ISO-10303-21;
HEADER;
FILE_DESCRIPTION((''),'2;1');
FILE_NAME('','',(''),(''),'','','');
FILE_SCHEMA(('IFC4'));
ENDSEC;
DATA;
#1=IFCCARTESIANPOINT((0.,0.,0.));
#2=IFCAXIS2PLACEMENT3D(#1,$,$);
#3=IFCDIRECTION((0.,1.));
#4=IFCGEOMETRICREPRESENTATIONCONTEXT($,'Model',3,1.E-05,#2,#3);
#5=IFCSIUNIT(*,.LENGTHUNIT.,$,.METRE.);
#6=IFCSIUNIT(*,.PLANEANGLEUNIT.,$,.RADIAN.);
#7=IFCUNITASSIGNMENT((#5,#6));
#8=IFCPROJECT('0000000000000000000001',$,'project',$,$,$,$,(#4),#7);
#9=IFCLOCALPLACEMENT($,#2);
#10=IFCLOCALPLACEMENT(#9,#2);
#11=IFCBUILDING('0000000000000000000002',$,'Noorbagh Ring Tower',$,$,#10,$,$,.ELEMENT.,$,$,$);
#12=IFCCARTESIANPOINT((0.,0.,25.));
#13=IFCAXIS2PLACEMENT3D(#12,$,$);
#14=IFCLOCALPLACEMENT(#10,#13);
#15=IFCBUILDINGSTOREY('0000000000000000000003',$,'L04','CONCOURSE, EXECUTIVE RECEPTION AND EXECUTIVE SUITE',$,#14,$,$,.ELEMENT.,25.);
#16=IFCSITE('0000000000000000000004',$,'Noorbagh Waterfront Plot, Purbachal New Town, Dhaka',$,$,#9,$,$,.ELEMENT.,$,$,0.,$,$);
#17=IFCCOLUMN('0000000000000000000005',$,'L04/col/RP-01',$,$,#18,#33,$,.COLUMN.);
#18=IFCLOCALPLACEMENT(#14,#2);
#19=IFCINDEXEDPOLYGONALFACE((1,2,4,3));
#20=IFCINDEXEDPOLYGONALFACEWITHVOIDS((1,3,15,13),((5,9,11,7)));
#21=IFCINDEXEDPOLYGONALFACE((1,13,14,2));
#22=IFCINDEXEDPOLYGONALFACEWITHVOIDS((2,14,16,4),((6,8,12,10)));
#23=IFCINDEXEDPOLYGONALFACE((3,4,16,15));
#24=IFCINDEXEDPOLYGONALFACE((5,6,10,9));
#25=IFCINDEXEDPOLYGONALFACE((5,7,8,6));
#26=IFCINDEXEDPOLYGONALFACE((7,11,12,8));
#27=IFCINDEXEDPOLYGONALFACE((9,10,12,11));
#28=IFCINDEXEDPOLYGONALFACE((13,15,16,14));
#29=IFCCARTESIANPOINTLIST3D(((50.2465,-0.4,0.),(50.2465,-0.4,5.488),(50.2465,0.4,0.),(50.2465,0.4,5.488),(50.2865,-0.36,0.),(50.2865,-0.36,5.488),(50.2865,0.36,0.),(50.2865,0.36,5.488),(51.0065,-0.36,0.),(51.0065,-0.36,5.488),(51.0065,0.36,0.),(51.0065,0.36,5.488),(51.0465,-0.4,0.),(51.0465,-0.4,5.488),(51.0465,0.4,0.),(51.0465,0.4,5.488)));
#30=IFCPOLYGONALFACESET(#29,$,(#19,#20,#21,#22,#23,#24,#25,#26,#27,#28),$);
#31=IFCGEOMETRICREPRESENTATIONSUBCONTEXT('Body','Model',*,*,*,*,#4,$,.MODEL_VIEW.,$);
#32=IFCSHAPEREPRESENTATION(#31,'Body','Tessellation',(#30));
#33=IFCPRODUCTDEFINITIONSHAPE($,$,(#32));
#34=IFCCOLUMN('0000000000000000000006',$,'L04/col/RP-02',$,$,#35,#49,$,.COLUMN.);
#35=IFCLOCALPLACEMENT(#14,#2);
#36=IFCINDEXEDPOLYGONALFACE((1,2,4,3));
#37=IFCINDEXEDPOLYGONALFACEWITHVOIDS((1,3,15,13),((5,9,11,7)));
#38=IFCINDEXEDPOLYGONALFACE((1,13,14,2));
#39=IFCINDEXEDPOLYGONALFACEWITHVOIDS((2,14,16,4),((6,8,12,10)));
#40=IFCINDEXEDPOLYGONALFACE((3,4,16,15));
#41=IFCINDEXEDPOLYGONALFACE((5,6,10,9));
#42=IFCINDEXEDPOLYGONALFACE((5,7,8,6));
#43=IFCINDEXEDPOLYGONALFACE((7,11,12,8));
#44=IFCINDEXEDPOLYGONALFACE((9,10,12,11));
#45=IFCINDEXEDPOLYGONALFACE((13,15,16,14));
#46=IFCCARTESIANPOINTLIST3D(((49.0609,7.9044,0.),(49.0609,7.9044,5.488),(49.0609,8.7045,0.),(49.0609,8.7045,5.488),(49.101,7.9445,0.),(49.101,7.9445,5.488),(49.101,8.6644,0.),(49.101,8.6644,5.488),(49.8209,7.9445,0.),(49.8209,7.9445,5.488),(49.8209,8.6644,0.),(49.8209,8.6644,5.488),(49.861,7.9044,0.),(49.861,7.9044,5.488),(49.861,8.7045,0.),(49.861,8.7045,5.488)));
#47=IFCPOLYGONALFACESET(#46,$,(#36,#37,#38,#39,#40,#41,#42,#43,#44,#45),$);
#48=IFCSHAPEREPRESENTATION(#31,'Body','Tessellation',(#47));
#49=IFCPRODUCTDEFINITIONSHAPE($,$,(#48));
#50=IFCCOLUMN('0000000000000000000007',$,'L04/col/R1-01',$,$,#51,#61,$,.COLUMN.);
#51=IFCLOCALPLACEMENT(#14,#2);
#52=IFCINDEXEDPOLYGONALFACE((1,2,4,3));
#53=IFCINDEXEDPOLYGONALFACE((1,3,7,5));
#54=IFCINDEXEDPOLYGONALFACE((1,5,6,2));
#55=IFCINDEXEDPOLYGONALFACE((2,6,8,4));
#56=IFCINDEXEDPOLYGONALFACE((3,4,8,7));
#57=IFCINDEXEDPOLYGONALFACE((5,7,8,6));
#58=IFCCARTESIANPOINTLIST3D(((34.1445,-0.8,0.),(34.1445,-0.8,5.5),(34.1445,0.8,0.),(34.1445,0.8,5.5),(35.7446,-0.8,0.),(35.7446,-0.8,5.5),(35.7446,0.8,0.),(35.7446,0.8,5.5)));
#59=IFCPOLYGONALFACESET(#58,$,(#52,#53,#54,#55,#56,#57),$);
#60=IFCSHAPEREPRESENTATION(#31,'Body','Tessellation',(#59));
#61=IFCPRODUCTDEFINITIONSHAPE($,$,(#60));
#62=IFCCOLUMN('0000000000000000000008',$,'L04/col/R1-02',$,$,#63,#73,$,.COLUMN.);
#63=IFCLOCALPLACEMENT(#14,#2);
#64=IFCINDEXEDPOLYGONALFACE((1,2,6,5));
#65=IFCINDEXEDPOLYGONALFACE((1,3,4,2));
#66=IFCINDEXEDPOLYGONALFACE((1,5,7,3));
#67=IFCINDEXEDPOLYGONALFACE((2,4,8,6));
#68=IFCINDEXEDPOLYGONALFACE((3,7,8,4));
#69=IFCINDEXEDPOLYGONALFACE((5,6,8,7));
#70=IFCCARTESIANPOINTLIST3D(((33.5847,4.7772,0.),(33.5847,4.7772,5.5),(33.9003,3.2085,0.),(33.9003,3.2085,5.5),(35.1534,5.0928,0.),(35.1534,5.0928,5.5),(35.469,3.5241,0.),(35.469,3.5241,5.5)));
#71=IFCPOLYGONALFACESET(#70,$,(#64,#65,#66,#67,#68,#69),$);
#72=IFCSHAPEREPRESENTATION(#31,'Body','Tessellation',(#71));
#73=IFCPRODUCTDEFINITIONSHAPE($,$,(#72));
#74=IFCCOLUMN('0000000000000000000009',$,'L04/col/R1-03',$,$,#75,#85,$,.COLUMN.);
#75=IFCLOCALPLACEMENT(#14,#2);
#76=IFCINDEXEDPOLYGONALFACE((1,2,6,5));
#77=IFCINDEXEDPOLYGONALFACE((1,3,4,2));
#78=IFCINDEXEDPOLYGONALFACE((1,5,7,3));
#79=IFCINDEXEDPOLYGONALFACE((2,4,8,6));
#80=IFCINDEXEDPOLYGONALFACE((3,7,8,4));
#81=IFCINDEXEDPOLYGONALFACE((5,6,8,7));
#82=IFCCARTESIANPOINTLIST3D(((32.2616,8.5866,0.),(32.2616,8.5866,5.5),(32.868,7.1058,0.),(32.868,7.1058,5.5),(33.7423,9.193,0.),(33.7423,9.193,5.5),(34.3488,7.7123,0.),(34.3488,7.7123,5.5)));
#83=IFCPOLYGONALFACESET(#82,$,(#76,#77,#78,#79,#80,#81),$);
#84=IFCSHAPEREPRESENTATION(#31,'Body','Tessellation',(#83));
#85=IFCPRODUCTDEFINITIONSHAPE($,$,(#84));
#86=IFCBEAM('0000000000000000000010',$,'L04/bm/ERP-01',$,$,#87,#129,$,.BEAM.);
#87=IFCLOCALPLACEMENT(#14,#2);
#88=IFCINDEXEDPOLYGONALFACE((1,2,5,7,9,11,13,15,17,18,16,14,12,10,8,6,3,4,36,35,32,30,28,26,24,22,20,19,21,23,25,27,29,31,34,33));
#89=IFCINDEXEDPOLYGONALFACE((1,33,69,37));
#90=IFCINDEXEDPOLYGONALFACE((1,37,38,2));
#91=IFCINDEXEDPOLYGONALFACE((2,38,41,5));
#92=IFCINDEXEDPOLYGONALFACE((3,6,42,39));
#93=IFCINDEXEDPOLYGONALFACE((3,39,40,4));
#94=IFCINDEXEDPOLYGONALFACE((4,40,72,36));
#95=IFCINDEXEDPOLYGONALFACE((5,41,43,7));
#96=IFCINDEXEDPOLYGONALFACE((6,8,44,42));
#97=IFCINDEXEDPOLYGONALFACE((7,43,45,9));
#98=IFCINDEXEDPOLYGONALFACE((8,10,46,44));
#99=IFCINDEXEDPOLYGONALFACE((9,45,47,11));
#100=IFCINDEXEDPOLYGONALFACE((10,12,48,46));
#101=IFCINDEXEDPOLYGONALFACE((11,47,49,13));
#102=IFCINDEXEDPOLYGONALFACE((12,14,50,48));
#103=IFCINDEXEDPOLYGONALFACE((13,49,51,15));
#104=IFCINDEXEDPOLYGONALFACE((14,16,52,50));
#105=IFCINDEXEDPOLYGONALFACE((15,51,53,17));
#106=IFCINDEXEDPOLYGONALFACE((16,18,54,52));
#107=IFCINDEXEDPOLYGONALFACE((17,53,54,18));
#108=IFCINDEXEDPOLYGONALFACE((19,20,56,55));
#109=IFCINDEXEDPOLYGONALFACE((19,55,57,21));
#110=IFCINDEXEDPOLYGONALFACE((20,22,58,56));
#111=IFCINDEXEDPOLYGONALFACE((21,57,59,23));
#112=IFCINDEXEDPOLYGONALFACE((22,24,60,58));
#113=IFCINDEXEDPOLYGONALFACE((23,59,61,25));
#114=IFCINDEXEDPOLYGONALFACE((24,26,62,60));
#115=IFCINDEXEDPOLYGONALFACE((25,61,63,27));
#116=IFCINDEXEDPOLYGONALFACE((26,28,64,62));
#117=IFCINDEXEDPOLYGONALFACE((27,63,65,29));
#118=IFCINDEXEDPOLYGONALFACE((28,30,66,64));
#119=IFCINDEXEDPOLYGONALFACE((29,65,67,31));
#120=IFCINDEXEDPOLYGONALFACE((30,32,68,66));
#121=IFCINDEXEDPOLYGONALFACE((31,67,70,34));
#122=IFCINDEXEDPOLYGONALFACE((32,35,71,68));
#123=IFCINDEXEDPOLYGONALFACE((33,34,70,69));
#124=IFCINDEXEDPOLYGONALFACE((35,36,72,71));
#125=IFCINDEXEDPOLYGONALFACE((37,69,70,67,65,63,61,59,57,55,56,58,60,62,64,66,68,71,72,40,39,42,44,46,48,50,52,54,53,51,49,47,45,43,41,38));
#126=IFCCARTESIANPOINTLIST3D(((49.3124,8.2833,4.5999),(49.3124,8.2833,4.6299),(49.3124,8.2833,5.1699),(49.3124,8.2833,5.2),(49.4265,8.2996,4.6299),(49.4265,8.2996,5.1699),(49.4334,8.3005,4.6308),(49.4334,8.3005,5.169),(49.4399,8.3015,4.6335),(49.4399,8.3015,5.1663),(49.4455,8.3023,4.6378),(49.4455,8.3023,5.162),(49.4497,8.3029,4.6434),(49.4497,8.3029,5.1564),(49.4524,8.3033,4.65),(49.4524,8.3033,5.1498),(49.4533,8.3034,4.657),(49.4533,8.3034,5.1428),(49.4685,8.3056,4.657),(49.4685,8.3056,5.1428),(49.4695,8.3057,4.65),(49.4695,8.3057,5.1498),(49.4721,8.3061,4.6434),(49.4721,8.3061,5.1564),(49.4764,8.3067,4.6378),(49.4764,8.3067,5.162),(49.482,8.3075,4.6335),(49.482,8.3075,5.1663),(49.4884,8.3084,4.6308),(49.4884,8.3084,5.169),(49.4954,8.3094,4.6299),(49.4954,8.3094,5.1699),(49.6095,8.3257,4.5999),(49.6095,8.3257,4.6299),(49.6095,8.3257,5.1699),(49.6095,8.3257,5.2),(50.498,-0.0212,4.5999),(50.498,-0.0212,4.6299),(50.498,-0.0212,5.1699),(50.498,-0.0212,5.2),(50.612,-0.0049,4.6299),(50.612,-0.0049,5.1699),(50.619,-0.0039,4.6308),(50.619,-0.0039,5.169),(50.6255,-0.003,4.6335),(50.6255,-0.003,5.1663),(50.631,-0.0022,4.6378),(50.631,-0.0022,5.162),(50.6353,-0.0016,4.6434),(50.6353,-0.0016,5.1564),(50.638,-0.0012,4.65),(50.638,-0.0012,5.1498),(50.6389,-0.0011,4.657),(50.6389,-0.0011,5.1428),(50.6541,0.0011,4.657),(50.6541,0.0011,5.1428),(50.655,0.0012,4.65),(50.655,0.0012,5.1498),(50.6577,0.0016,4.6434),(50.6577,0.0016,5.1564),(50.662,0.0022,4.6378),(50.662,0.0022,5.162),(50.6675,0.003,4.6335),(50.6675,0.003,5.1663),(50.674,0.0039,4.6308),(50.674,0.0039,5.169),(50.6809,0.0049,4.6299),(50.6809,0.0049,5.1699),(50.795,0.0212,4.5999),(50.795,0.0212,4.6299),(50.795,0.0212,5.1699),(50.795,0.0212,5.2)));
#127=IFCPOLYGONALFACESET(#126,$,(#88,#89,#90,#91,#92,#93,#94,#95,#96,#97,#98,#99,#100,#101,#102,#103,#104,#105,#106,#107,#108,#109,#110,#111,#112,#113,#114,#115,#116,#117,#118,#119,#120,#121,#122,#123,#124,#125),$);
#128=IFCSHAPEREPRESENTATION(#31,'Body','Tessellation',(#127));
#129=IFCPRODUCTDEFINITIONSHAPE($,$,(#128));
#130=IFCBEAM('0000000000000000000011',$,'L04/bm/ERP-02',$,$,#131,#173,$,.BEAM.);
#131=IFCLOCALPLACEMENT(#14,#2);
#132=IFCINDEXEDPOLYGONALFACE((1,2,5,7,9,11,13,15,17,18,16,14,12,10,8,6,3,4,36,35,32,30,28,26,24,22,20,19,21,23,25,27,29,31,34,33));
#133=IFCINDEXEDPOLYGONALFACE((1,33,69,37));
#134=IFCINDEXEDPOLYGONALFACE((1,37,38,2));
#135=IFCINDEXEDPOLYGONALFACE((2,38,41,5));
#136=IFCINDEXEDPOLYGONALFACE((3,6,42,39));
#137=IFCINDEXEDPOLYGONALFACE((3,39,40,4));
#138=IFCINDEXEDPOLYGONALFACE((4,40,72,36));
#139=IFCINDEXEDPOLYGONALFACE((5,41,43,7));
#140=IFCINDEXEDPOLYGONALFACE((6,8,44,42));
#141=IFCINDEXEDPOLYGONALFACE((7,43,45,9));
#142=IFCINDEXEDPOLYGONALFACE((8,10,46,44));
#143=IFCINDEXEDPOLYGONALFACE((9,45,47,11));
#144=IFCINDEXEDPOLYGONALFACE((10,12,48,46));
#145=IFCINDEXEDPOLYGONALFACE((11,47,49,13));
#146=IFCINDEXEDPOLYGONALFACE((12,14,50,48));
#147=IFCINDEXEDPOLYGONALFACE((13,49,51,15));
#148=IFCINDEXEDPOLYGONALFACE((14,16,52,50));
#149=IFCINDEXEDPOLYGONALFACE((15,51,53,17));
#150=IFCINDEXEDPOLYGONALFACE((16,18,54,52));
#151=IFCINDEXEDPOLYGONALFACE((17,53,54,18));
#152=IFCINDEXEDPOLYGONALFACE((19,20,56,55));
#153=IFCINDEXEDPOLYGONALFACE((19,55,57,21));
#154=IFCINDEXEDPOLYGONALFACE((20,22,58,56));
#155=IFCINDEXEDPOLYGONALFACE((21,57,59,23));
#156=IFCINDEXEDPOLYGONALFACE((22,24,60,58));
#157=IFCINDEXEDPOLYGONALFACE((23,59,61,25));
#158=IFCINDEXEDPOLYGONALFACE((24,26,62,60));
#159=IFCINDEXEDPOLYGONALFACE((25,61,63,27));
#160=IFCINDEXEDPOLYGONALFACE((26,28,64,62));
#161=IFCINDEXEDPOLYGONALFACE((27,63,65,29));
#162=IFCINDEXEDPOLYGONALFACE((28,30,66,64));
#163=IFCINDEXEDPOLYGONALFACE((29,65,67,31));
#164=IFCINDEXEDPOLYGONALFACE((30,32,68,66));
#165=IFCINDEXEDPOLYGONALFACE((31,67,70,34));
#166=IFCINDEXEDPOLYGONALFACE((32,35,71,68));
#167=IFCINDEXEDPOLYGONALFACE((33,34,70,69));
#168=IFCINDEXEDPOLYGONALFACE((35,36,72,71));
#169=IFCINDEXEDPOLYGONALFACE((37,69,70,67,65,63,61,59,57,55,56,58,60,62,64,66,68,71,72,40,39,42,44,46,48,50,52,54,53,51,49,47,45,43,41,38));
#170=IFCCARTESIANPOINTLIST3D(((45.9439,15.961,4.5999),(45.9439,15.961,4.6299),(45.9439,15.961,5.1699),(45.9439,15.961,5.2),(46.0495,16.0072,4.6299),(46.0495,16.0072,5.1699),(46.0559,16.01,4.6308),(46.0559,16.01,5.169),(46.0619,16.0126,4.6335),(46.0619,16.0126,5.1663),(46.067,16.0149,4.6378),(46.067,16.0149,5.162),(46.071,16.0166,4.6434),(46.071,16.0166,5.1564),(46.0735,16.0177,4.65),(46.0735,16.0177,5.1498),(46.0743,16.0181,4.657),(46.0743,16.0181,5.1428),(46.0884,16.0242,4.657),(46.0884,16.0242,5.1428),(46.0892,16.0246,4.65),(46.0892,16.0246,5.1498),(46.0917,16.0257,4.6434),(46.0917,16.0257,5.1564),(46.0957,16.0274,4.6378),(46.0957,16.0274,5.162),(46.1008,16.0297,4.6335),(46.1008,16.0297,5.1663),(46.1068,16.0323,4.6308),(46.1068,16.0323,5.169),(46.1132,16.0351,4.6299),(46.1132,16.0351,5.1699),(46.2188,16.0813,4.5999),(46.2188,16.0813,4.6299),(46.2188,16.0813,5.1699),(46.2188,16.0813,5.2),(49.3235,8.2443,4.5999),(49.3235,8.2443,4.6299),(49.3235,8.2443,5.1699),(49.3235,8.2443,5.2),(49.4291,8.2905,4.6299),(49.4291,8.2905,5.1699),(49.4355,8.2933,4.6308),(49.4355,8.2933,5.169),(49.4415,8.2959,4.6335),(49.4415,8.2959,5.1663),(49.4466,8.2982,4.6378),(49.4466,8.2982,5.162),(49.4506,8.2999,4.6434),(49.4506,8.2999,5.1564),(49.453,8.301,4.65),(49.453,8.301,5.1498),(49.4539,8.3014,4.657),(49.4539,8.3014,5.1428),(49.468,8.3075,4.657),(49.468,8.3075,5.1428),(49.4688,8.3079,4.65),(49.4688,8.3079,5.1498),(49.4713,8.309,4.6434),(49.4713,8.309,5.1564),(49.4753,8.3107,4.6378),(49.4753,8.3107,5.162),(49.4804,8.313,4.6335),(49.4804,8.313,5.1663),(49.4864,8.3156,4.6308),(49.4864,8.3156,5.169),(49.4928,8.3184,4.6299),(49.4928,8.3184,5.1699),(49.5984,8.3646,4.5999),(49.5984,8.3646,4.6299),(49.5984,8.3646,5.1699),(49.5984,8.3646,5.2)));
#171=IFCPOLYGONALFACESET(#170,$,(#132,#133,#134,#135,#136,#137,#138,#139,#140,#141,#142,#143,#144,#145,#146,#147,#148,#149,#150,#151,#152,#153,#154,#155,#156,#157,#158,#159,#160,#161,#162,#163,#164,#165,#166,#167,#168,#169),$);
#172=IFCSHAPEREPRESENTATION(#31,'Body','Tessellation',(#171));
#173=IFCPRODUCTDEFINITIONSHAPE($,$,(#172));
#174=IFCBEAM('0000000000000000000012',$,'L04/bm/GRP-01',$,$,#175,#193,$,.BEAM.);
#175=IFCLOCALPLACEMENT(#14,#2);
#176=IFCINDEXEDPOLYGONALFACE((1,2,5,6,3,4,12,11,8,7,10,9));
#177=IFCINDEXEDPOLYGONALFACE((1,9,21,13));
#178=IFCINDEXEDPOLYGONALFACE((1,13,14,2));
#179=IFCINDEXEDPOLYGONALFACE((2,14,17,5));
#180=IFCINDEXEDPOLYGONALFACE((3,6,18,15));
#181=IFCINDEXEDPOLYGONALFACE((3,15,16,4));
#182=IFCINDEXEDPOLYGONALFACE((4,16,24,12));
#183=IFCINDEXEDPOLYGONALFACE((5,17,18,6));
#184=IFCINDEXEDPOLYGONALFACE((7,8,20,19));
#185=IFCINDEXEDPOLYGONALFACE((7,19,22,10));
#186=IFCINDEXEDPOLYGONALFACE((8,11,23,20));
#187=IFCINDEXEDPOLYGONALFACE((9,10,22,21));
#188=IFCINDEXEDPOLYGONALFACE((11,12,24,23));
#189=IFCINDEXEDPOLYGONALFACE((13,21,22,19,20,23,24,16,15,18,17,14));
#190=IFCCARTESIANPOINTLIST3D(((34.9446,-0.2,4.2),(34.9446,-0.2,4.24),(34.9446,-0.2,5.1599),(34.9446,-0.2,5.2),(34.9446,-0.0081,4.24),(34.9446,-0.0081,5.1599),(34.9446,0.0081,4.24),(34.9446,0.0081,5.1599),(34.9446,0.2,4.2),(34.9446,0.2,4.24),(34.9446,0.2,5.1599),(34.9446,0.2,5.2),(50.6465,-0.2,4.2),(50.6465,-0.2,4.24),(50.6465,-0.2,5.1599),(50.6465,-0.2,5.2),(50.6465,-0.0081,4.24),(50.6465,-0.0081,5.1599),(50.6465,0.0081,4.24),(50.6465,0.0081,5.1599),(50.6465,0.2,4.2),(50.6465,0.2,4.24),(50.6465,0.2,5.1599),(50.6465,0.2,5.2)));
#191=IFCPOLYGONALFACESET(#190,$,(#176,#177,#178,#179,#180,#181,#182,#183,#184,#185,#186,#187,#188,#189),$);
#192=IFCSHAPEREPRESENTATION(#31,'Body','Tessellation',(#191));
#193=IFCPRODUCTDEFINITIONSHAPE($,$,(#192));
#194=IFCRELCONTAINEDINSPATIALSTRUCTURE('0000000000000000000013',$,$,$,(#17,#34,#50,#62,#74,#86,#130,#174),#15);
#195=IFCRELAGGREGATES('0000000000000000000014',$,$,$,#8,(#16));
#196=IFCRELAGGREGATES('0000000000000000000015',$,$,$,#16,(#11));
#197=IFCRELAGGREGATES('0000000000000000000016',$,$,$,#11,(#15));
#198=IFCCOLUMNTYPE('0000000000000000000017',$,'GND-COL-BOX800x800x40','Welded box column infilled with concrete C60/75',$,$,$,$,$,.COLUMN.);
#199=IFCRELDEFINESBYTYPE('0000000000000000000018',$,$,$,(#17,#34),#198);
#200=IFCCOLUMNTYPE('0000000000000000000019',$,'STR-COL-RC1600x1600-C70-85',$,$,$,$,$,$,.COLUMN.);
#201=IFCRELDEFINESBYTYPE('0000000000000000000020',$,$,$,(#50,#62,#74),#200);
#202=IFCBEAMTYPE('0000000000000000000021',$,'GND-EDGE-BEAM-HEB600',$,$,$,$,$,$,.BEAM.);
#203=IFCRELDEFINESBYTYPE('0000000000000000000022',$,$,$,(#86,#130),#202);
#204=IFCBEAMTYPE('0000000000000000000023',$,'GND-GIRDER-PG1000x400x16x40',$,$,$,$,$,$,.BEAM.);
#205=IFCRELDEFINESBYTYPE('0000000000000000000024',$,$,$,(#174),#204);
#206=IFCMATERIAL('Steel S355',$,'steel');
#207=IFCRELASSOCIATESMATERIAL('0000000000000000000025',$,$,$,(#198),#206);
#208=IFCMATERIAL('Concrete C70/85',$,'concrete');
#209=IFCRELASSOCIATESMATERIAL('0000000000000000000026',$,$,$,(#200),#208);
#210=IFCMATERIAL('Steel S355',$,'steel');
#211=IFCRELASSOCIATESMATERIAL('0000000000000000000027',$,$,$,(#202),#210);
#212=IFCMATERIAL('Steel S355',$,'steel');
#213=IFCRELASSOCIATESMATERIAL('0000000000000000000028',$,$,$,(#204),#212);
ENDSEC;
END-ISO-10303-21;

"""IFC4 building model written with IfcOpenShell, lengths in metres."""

from ifc_helpers import new_model, si_unit, direction, frame, origin, origin_2d, place, context, subcontext, project, spatial, rectangle, hollow_rectangle, i_section, extrude, material, material_profile, profile_set, type_object, element, save


model = new_model("IFC4")

# Units and contexts
model_context = context("Model", 3, precision=1e-05, world=origin(), true_north=direction((0.0, 1.0)))
body_context = subcontext(model_context, "Body", "Model", "MODEL_VIEW")
ifc_project = project(units=[si_unit("LENGTHUNIT", "METRE"), si_unit("PLANEANGLEUNIT", "RADIAN")], contexts=[model_context])

# Site, building, storey
site_placement = place(None, origin())
site = spatial("IfcSite", under=ifc_project, at=site_placement, Name="Noorbagh Waterfront Plot, Purbachal New Town, Dhaka", CompositionType="ELEMENT", RefElevation=0.0)
building_placement = place(site_placement, origin())
building = spatial("IfcBuilding", under=site, at=building_placement, Name="Noorbagh Ring Tower", CompositionType="ELEMENT")
storey_placement = place(building_placement, frame((0.0, 0.0, 25.0)))
storey = spatial("IfcBuildingStorey", under=building, at=storey_placement, Name="L04", Description="CONCOURSE, EXECUTIVE RECEPTION AND EXECUTIVE SUITE", CompositionType="ELEMENT", Elevation=25.0)

# Columns
ifc_material_1 = material(Name="Steel S355", Category="steel")
ifc_material_profile_1 = material_profile(ifc_material_1, hollow_rectangle(XDim=0.8, YDim=0.8, WallThickness=0.04, at=origin_2d()), Name="BOX800x800x40")
ifc_profile_set_1 = profile_set([ifc_material_profile_1], Name="Steel S355")
column_type_1 = type_object("IfcColumnType", Name="GND-COL-BOX800x800x40", Description="Welded box column infilled with concrete C60/75", PredefinedType="COLUMN", material=ifc_profile_set_1)
for number, where, z_axis, x_axis, name in (
    (1, (50.6465, 0.0, 0.0), (0.0, 0.0, 1.0), (1.0, 0.0, 0.0), "L04/col/RP-01"),
    (2, (49.4609, 8.3044, 0.0), (0.0, 0.0, 1.0), (1.0, 0.0, 0.0), "L04/col/RP-02"),
):
    element("IfcColumn", number, at=place(storey_placement, frame(where, z_axis=z_axis, x_axis=x_axis)), inside=storey, type_object=column_type_1, Name=name, PredefinedType="COLUMN", context=body_context, shape_type="SweptSolid", body=[
        extrude(hollow_rectangle(XDim=0.8, YDim=0.8, WallThickness=0.04, at=origin_2d()), origin(), (0.0, 0.0, 1.0), 5.488),
    ])
ifc_material_2 = material(Name="Concrete C70/85", Category="concrete")
ifc_material_profile_2 = material_profile(ifc_material_2, rectangle(XDim=1.6001, YDim=1.6001, at=origin_2d()), Name="RC1600x1600")
ifc_profile_set_2 = profile_set([ifc_material_profile_2], Name="Concrete C70/85")
column_type_2 = type_object("IfcColumnType", Name="STR-COL-RC1600x1600-C70-85", PredefinedType="COLUMN", material=ifc_profile_set_2)
for number, where, z_axis, x_axis, name in (
    (3, (34.9446, 0.0, 0.0), (0.0, 0.0, 1.0), (0.0, 1.0, 0.0), "L04/col/R1-01"),
    (4, (34.5269, 4.1506, 0.0), (0.0, 0.0, 1.0), (-0.19723, 0.980357, 0.0), "L04/col/R1-02"),
    (5, (33.3052, 8.1494, 0.0), (0.0, 0.0, 1.0), (-0.378989, 0.925401, 0.0), "L04/col/R1-03"),
):
    element("IfcColumn", number, at=place(storey_placement, frame(where, z_axis=z_axis, x_axis=x_axis)), inside=storey, type_object=column_type_2, Name=name, PredefinedType="COLUMN", context=body_context, shape_type="SweptSolid", body=[
        extrude(rectangle(XDim=1.6001, YDim=1.6001, at=origin_2d()), origin(), (0.0, 0.0, 1.0), 5.5),
    ])

# Beams
ifc_material_3 = material(Name="Steel S355", Category="steel")
ifc_material_profile_3 = material_profile(ifc_material_3, i_section(OverallWidth=0.3, OverallDepth=0.6001, WebThickness=0.0154, FlangeThickness=0.03, FilletRadius=0.0271, at=origin_2d()), Name="HEB600")
ifc_profile_set_3 = profile_set([ifc_material_profile_3], Name="Steel S355")
beam_type_1 = type_object("IfcBeamType", Name="GND-EDGE-BEAM-HEB600", PredefinedType="BEAM", material=ifc_profile_set_3)
beam_1_placement = place(storey_placement, frame((50.6465, 0.0, 4.8999), z_axis=(-0.141328, 0.989963, 0.0), x_axis=(-0.989963, -0.141328, 0.0)))
element("IfcBeam", 6, at=beam_1_placement, inside=storey, type_object=beam_type_1, Name="L04/bm/ERP-01", PredefinedType="BEAM", context=body_context, shape_type="SweptSolid", body=[
    extrude(i_section(OverallWidth=0.3, OverallDepth=0.6001, WebThickness=0.0154, FlangeThickness=0.03, FilletRadius=0.0271, at=origin_2d()), origin(), (0.0, 0.0, 1.0), 8.3887),
])
beam_2_placement = place(storey_placement, frame((49.4609, 8.3044, 4.8999), z_axis=(-0.401172, 0.916003, 0.0), x_axis=(-0.916003, -0.401172, 0.0)))
element("IfcBeam", 7, at=beam_2_placement, inside=storey, type_object=beam_type_1, Name="L04/bm/ERP-02", PredefinedType="BEAM", context=body_context, shape_type="SweptSolid", body=[
    extrude(i_section(OverallWidth=0.3, OverallDepth=0.6001, WebThickness=0.0154, FlangeThickness=0.03, FilletRadius=0.0271, at=origin_2d()), origin(), (0.0, 0.0, 1.0), 8.4243),
])
ifc_material_4 = material(Name="Steel S355", Category="steel")
ifc_material_profile_4 = material_profile(ifc_material_4, i_section(OverallWidth=0.3999, OverallDepth=1.0, WebThickness=0.0161, FlangeThickness=0.04, at=origin_2d()), Name="PG1000x400x16x40")
ifc_profile_set_4 = profile_set([ifc_material_profile_4], Name="Steel S355")
beam_type_2 = type_object("IfcBeamType", Name="GND-GIRDER-PG1000x400x16x40", PredefinedType="BEAM", material=ifc_profile_set_4)
beam_3_placement = place(storey_placement, frame((50.6465, 0.0, 4.7), z_axis=(-1.0, 0.0, 0.0), x_axis=(0.0, -1.0, 0.0)))
element("IfcBeam", 8, at=beam_3_placement, inside=storey, type_object=beam_type_2, Name="L04/bm/GRP-01", PredefinedType="BEAM", context=body_context, shape_type="SweptSolid", body=[
    extrude(i_section(OverallWidth=0.3999, OverallDepth=1.0, WebThickness=0.0161, FlangeThickness=0.04, at=origin_2d()), origin(), (0.0, 0.0, 1.0), 15.7019),
])

save(model, "model.ifc")
